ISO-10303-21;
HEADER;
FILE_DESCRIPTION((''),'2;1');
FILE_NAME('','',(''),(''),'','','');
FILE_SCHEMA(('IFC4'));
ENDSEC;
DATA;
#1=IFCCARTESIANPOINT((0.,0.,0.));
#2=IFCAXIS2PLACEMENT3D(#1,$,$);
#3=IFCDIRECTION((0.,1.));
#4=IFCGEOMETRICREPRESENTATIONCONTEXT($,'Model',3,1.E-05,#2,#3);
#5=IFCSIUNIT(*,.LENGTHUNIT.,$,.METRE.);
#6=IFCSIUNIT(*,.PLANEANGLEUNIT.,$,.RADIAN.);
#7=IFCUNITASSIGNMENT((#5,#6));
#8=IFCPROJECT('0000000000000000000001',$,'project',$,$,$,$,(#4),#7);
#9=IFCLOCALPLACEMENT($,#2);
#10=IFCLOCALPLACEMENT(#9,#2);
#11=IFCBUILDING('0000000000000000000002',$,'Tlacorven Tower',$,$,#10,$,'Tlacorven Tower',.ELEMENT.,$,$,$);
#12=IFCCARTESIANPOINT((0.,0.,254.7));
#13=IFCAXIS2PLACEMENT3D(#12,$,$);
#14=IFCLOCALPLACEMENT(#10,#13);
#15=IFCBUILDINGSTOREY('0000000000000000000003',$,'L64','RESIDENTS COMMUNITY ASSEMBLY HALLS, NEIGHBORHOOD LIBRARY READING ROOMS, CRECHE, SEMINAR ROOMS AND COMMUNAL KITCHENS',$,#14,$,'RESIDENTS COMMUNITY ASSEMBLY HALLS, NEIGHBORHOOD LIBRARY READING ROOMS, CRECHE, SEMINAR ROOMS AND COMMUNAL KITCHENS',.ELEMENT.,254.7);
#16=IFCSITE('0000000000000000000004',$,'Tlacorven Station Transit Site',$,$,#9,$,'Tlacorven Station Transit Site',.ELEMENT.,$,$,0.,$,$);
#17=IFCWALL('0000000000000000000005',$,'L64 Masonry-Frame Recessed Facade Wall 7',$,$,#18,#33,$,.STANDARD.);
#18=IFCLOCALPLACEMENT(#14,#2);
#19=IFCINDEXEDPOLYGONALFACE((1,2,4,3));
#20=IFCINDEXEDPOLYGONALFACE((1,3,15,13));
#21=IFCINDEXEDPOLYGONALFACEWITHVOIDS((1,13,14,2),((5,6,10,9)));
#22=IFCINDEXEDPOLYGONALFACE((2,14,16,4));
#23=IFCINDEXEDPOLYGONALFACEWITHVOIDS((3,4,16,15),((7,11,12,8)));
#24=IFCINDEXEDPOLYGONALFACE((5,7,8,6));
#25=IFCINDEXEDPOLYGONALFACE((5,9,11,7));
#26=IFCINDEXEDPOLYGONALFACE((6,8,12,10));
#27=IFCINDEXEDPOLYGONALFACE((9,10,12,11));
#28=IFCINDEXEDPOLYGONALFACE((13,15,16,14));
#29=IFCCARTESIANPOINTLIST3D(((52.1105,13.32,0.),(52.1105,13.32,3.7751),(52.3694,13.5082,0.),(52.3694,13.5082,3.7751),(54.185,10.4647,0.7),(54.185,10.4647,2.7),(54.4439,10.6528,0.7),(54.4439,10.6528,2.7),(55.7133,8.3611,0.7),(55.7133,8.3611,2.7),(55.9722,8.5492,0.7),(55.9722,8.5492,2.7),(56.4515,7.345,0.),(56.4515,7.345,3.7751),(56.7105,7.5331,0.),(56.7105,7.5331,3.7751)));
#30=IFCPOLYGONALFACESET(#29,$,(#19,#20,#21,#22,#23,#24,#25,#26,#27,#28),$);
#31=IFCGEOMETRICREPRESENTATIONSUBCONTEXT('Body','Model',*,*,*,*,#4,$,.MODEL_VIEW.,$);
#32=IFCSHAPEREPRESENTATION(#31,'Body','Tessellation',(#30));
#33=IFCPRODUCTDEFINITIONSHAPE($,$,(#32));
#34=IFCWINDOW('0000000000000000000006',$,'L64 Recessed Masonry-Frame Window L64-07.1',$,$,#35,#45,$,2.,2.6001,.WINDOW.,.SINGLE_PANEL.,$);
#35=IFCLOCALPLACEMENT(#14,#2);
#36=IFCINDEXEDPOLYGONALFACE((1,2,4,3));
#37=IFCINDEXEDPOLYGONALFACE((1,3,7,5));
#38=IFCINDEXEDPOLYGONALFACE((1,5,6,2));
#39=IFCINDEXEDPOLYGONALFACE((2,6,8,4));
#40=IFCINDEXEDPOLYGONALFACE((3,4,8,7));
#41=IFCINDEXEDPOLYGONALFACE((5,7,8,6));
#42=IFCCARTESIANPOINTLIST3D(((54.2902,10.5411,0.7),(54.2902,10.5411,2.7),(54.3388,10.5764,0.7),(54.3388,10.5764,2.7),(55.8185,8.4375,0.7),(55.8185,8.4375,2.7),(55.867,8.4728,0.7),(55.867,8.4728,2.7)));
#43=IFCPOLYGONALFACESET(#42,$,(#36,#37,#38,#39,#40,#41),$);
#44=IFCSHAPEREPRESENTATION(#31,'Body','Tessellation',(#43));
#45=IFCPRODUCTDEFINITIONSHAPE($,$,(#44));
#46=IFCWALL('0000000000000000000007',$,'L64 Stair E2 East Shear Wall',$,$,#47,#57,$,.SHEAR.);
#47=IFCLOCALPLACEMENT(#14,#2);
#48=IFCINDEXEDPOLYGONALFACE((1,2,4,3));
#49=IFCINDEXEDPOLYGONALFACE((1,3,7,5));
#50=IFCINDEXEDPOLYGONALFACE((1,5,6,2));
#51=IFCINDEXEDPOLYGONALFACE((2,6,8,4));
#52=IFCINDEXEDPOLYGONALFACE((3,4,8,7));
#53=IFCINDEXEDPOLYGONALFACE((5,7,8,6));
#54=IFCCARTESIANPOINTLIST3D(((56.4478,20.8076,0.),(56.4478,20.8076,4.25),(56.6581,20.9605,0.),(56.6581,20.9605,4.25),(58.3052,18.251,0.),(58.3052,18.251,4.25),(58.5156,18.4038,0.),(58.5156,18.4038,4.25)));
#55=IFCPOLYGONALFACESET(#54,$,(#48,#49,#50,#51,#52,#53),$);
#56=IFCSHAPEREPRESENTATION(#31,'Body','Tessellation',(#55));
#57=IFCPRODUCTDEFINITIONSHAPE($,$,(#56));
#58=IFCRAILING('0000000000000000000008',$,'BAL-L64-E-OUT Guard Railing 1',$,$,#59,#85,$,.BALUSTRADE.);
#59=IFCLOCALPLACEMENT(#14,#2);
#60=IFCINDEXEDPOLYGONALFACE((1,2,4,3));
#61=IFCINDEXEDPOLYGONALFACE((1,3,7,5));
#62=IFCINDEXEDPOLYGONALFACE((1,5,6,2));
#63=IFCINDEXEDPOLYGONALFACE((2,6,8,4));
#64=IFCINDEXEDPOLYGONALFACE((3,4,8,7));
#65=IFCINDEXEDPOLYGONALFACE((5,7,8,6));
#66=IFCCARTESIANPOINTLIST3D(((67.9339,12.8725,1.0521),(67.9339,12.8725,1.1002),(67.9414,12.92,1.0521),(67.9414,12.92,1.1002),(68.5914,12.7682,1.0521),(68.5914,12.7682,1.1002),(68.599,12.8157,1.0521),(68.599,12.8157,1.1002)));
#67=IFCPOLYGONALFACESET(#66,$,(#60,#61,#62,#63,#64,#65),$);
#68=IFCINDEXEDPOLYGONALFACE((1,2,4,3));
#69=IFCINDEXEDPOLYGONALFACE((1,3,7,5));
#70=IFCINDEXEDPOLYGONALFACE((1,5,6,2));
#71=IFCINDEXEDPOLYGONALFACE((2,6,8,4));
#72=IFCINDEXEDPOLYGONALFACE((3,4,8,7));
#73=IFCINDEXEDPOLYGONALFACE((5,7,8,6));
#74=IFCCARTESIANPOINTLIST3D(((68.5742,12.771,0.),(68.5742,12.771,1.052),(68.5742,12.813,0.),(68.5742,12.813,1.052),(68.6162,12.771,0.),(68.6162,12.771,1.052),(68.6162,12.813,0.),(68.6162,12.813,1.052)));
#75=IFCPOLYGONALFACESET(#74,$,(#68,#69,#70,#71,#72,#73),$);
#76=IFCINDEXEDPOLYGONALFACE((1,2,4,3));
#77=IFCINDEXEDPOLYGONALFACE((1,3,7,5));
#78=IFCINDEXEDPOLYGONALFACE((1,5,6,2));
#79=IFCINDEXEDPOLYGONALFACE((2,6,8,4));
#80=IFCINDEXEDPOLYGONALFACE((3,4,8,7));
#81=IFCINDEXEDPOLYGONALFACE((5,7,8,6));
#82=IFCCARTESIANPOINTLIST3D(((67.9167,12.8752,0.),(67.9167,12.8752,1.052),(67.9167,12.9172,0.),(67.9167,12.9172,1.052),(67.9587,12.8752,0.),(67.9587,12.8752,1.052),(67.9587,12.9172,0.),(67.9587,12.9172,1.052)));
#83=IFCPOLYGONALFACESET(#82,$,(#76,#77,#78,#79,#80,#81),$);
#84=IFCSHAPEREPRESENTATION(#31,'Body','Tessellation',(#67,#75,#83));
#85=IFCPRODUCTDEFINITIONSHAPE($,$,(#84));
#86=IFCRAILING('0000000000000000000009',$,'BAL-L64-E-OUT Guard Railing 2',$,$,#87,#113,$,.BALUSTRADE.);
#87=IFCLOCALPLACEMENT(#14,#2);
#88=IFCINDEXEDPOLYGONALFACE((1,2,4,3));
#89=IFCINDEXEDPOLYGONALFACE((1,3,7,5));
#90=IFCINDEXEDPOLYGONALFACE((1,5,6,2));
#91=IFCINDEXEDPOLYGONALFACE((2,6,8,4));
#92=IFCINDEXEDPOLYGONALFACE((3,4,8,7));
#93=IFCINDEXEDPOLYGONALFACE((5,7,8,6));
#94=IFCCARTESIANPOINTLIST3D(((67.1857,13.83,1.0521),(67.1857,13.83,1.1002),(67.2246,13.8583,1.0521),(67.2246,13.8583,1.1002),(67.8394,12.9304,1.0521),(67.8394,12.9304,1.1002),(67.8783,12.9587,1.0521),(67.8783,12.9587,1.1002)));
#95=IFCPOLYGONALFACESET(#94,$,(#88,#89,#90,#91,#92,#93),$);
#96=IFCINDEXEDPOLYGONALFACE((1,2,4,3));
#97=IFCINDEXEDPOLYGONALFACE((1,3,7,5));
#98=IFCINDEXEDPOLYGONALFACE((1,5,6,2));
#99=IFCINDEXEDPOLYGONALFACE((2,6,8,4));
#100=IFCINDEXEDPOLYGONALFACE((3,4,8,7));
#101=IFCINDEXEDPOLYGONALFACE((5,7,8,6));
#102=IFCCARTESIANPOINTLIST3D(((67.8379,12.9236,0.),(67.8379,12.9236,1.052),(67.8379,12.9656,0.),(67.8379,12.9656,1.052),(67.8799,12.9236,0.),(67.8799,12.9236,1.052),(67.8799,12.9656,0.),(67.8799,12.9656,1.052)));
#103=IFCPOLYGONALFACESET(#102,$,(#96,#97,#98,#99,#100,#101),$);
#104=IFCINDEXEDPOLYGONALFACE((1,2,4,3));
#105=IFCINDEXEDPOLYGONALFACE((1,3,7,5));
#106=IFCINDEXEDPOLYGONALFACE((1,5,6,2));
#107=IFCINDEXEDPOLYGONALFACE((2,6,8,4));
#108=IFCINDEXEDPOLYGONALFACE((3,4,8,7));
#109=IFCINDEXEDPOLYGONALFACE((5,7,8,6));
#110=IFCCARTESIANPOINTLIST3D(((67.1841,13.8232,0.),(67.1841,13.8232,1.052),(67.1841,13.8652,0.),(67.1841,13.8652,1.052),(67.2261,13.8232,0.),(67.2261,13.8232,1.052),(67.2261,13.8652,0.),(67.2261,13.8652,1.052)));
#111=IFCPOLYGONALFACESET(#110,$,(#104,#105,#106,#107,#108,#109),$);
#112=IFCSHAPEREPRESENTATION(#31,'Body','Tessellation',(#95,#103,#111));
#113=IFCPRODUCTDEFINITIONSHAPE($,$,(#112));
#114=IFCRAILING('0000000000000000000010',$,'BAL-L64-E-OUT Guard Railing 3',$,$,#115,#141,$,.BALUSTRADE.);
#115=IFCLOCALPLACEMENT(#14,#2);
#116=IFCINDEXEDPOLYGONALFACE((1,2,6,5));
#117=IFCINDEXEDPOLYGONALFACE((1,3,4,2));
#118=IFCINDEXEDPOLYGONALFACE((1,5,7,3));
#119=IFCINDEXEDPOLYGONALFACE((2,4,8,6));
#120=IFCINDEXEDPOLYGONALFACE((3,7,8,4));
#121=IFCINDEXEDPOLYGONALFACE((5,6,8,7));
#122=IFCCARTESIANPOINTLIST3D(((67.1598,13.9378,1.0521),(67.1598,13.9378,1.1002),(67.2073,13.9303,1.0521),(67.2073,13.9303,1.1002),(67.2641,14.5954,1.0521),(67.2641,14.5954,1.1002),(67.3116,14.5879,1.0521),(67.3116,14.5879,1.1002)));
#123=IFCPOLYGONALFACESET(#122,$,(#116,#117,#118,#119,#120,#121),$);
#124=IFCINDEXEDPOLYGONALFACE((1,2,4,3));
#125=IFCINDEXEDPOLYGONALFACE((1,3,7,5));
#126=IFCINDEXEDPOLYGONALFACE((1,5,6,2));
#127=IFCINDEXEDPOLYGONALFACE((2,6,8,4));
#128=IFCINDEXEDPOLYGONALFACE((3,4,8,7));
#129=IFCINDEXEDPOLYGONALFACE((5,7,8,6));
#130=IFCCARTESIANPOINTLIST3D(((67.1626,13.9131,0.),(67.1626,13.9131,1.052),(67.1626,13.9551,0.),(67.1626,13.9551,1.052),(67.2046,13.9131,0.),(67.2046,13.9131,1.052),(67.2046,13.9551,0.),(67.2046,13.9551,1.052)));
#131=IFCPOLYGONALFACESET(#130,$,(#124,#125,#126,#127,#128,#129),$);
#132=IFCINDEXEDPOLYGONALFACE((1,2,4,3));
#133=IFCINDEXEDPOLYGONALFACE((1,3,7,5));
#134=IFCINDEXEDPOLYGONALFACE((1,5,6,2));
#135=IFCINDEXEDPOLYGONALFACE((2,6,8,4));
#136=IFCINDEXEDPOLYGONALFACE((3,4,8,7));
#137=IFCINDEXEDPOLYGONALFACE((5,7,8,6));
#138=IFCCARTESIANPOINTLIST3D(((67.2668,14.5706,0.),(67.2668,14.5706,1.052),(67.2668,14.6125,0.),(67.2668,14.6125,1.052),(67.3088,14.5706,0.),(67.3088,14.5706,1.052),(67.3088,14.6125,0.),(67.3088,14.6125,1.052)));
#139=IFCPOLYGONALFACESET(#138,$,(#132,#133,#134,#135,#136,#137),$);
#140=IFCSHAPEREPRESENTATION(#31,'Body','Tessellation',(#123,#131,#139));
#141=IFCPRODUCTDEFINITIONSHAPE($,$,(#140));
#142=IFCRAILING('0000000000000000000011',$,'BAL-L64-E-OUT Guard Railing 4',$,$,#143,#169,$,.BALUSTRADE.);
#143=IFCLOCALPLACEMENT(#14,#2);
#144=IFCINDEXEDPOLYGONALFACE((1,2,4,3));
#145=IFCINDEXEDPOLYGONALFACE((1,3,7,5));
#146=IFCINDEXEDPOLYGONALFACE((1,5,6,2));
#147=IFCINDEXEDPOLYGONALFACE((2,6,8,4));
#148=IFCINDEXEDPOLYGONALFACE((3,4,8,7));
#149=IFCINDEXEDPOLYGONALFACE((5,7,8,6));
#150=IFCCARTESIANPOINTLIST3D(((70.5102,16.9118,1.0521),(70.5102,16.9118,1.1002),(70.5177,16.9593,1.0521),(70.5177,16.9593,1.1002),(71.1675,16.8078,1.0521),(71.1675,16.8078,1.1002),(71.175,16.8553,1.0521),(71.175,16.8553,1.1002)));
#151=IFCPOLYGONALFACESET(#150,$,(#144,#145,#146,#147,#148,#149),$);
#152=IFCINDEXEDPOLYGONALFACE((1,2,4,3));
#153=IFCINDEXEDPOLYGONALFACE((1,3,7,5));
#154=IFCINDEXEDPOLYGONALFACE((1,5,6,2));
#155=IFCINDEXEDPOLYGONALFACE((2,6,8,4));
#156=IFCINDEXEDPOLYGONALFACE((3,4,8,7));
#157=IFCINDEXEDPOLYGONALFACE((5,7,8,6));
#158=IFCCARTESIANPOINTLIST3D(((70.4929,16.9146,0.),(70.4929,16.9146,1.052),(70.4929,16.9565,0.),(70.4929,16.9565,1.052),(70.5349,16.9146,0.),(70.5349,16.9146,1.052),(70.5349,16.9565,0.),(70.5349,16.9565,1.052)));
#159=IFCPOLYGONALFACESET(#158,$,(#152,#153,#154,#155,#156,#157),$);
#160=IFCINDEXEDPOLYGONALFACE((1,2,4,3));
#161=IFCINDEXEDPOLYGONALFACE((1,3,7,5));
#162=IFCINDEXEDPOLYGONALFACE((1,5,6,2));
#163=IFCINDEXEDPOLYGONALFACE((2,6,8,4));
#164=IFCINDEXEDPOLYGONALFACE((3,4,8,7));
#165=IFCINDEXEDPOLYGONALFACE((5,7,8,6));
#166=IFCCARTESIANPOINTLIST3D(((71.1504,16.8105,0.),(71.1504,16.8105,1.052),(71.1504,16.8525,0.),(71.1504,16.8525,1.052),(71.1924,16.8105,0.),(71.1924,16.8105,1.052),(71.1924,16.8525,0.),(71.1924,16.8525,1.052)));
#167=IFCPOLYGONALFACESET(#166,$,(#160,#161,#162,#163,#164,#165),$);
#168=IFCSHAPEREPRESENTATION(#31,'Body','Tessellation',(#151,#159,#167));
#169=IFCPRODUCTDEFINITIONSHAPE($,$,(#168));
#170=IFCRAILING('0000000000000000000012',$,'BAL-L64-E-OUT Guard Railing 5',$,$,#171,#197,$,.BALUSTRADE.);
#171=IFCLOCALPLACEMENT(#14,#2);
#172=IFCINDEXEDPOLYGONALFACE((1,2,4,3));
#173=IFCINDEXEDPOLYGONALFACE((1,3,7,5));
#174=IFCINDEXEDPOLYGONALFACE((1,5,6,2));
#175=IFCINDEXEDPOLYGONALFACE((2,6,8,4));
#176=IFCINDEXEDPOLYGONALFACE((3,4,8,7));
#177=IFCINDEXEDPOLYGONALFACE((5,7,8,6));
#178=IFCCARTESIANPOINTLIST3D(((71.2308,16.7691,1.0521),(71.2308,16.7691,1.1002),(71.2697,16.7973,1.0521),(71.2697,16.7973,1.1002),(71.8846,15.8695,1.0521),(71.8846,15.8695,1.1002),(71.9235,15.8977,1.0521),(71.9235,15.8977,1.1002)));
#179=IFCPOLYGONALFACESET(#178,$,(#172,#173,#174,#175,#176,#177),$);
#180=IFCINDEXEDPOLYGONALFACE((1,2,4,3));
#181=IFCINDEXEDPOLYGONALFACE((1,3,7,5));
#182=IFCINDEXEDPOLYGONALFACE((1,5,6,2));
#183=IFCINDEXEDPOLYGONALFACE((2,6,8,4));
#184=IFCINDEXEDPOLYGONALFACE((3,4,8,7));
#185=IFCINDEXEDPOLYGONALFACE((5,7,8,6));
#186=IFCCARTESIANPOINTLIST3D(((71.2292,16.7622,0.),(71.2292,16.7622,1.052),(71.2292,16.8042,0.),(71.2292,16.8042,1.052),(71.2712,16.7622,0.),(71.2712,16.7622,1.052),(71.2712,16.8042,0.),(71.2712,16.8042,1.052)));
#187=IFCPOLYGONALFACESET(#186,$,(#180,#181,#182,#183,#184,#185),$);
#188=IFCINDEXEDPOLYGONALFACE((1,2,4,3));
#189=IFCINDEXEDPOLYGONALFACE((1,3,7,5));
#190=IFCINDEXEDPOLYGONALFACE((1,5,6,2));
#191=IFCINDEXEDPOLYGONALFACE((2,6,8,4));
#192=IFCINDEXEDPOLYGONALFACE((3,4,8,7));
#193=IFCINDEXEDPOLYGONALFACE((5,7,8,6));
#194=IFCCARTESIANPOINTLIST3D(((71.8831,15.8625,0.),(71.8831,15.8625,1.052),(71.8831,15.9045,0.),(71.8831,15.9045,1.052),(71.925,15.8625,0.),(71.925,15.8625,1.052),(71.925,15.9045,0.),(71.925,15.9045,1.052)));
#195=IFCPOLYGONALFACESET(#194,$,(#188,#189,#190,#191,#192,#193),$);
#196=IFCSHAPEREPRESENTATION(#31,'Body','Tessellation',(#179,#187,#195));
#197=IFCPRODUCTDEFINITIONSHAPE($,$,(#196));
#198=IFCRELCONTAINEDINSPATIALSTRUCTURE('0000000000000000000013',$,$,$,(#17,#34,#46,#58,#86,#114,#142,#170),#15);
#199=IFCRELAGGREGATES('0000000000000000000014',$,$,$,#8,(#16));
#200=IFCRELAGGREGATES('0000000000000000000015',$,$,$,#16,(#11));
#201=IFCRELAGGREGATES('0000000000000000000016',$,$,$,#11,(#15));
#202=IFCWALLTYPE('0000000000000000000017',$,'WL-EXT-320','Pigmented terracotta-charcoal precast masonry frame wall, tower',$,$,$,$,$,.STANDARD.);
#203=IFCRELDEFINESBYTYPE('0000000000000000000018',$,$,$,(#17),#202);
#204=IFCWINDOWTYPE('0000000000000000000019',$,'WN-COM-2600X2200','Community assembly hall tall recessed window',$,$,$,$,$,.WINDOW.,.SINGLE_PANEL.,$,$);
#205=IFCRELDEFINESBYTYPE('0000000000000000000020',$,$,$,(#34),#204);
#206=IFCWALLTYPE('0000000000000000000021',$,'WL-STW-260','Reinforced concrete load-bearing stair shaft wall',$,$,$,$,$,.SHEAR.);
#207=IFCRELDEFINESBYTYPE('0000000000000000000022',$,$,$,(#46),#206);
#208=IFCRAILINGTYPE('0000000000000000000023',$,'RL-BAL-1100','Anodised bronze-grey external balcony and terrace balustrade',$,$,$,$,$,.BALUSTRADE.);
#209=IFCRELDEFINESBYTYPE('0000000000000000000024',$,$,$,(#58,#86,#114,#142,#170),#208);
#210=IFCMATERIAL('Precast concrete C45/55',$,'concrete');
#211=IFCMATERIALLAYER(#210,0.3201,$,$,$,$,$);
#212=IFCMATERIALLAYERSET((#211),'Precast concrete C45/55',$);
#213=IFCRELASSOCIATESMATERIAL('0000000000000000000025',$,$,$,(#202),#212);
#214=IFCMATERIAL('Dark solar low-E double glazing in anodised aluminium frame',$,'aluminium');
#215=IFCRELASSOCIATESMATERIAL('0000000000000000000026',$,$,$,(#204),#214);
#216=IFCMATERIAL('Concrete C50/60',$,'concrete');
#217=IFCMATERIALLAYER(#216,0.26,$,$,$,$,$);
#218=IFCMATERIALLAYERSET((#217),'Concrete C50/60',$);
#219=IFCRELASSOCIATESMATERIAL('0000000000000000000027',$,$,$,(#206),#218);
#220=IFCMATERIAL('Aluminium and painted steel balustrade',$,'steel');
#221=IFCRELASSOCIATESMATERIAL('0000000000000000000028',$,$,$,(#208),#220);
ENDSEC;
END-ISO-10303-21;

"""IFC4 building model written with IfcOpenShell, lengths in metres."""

from ifc_helpers import new_model, si_unit, direction, frame, frame_2d, origin, origin_2d, place, context, subcontext, project, spatial, rectangle, extrude, source, transform, mapped, material, layer, layer_set, type_object, element, fill, save


model = new_model("IFC4")

# Units and contexts
model_context = context("Model", 3, precision=1e-05, world=origin(), true_north=direction((0.0, 1.0)))
body_context = subcontext(model_context, "Body", "Model", "MODEL_VIEW")
ifc_project = project(units=[si_unit("LENGTHUNIT", "METRE"), si_unit("PLANEANGLEUNIT", "RADIAN")], contexts=[model_context])

# Site, building, storey
site_placement = place(None, origin())
site = spatial("IfcSite", under=ifc_project, at=site_placement, Name="Tlacorven Station Transit Site", LongName="Tlacorven Station Transit Site", CompositionType="ELEMENT", RefElevation=0.0)
building_placement = place(site_placement, origin())
building = spatial("IfcBuilding", under=site, at=building_placement, Name="Tlacorven Tower", LongName="Tlacorven Tower", CompositionType="ELEMENT")
storey_placement = place(building_placement, frame((0.0, 0.0, 254.7)))
storey = spatial("IfcBuildingStorey", under=building, at=storey_placement, Name="L64", Description="RESIDENTS COMMUNITY ASSEMBLY HALLS, NEIGHBORHOOD LIBRARY READING ROOMS, CRECHE, SEMINAR ROOMS AND COMMUNAL KITCHENS", LongName="RESIDENTS COMMUNITY ASSEMBLY HALLS, NEIGHBORHOOD LIBRARY READING ROOMS, CRECHE, SEMINAR ROOMS AND COMMUNAL KITCHENS", CompositionType="ELEMENT", Elevation=254.7)

# Shared definitions
ifc_material_1 = material(Name="Precast concrete C45/55", Category="concrete")
ifc_layer_1 = layer(ifc_material_1, 0.3201)
ifc_layer_set_1 = layer_set([ifc_layer_1], Name="Precast concrete C45/55")
wall_type_1 = type_object("IfcWallType", Name="WL-EXT-320", Description="Pigmented terracotta-charcoal precast masonry frame wall, tower", PredefinedType="STANDARD", material=ifc_layer_set_1)
ifc_material_2 = material(Name="Dark solar low-E double glazing in anodised aluminium frame", Category="aluminium")
window_type_1 = type_object("IfcWindowType", Name="WN-COM-2600X2200", Description="Community assembly hall tall recessed window", PartitioningType="SINGLE_PANEL", PredefinedType="WINDOW", material=ifc_material_2)
shared_shape_1 = source(origin(), body_context, "Body", "SweptSolid", [
    extrude(rectangle(XDim=2.6001, YDim=2.0, at=frame_2d((1.3, 1.0))), frame((0.0, 0.03, 0.0), z_axis=(0.0, -1.0, 0.0), x_axis=(1.0, 0.0, 0.0)), (0.0, 0.0, 1.0), 0.0601),
])

# Wall, opening, window
wall_1_placement = place(storey_placement, frame((56.5811, 7.439, 0.0), z_axis=(0.0, 0.0, 1.0), x_axis=(-0.587777, 0.809023, 0.0)))
wall_1 = element("IfcWall", 1, at=wall_1_placement, inside=storey, type_object=wall_type_1, Name="L64 Masonry-Frame Recessed Facade Wall 7", PredefinedType="STANDARD", context=body_context, shape_type="SweptSolid", body=[
    extrude(rectangle(XDim=7.3855, YDim=0.3201, at=frame_2d((3.6929, 0.0))), origin(), (0.0, 0.0, 1.0), 3.7751),
])
opening_1_placement = place(wall_1_placement, frame((1.2561, 0.0, 0.7)))
opening_1 = element("IfcOpeningElement", 2, at=opening_1_placement, cuts=wall_1, PredefinedType="OPENING", context=body_context, shape_type="SweptSolid", body=[
    extrude(rectangle(XDim=2.6001, YDim=2.0, at=frame_2d((1.3, 1.0))), frame((0.0, 0.1699, 0.0), z_axis=(0.0, -1.0, 0.0), x_axis=(1.0, 0.0, 0.0)), (0.0, 0.0, 1.0), 0.3401),
])
window_1_placement = place(opening_1_placement, origin())
window_1 = element("IfcWindow", 3, at=window_1_placement, inside=storey, type_object=window_type_1, Name="L64 Recessed Masonry-Frame Window L64-07.1", OverallHeight=2.0, OverallWidth=2.6001, PartitioningType="SINGLE_PANEL", PredefinedType="WINDOW", context=body_context, shape_type="MappedRepresentation", body=[
    mapped(shared_shape_1, transform((0.0, 0.0, 0.0), scale=1.0)),
])
fill(opening_1, window_1)

# Wall
ifc_material_3 = material(Name="Concrete C50/60", Category="concrete")
ifc_layer_2 = layer(ifc_material_3, 0.26)
ifc_layer_set_2 = layer_set([ifc_layer_2], Name="Concrete C50/60")
wall_type_2 = type_object("IfcWallType", Name="WL-STW-260", Description="Reinforced concrete load-bearing stair shaft wall", PredefinedType="SHEAR", material=ifc_layer_set_2)
wall_2_placement = place(storey_placement, frame((58.4104, 18.3274, 0.0), z_axis=(0.0, 0.0, 1.0), x_axis=(-0.587767, 0.80903, 0.0)))
element("IfcWall", 4, at=wall_2_placement, inside=storey, type_object=wall_type_2, Name="L64 Stair E2 East Shear Wall", PredefinedType="SHEAR", context=body_context, shape_type="SweptSolid", body=[
    extrude(rectangle(XDim=3.1602, YDim=0.26, at=frame_2d((1.5801, 0.0))), origin(), (0.0, 0.0, 1.0), 4.25),
])

# Railings
ifc_material_4 = material(Name="Aluminium and painted steel balustrade", Category="steel")
railing_type_1 = type_object("IfcRailingType", Name="RL-BAL-1100", Description="Anodised bronze-grey external balcony and terrace balustrade", PredefinedType="BALUSTRADE", material=ifc_material_4)
shared_shape_2 = source(origin(), body_context, "Body", "SweptSolid", [
    extrude(rectangle(XDim=0.0481, YDim=0.0481, at=origin_2d()), frame((0.0, 0.0, 1.0762), z_axis=(-0.987662, 0.156603, 0.0), x_axis=(-0.156603, -0.987662, 0.0)), (0.0, 0.0, 1.0), 0.6658),
    extrude(rectangle(XDim=0.042, YDim=0.042, at=origin_2d()), origin(), (0.0, 0.0, 1.0), 1.052),
    extrude(rectangle(XDim=0.042, YDim=0.042, at=origin_2d()), frame((-0.6575, 0.1042, 0.0)), (0.0, 0.0, 1.0), 1.052),
])
railing_1_placement = place(storey_placement, frame((68.5952, 12.792, 0.0)))
element("IfcRailing", 5, at=railing_1_placement, inside=storey, type_object=railing_type_1, Name="BAL-L64-E-OUT Guard Railing 1", PredefinedType="BALUSTRADE", context=body_context, shape_type="MappedRepresentation", body=[
    mapped(shared_shape_2, transform((0.0, 0.0, 0.0), scale=1.0)),
])
shared_shape_3 = source(origin(), body_context, "Body", "SweptSolid", [
    extrude(rectangle(XDim=0.0481, YDim=0.0481, at=origin_2d()), frame((0.0, 0.0, 1.0762), z_axis=(-0.587884, 0.808945, 0.0), x_axis=(-0.808945, -0.587884, 0.0)), (0.0, 0.0, 1.0), 1.1121),
    extrude(rectangle(XDim=0.042, YDim=0.042, at=origin_2d()), origin(), (0.0, 0.0, 1.0), 1.052),
    extrude(rectangle(XDim=0.042, YDim=0.042, at=origin_2d()), frame((-0.6538, 0.8997, 0.0)), (0.0, 0.0, 1.0), 1.052),
])
railing_2_placement = place(storey_placement, frame((67.8589, 12.9446, 0.0)))
element("IfcRailing", 6, at=railing_2_placement, inside=storey, type_object=railing_type_1, Name="BAL-L64-E-OUT Guard Railing 2", PredefinedType="BALUSTRADE", context=body_context, shape_type="MappedRepresentation", body=[
    mapped(shared_shape_3, transform((0.0, 0.0, 0.0), scale=1.0)),
])
shared_shape_4 = source(origin(), body_context, "Body", "SweptSolid", [
    extrude(rectangle(XDim=0.0481, YDim=0.0481, at=origin_2d()), frame((0.0, 0.0, 1.0762), z_axis=(0.156603, 0.987662, 0.0), x_axis=(-0.987662, 0.156603, 0.0)), (0.0, 0.0, 1.0), 0.6658),
    extrude(rectangle(XDim=0.042, YDim=0.042, at=origin_2d()), origin(), (0.0, 0.0, 1.0), 1.052),
    extrude(rectangle(XDim=0.042, YDim=0.042, at=origin_2d()), frame((0.1042, 0.6575, 0.0)), (0.0, 0.0, 1.0), 1.052),
])
railing_3_placement = place(storey_placement, frame((67.1836, 13.9341, 0.0)))
element("IfcRailing", 7, at=railing_3_placement, inside=storey, type_object=railing_type_1, Name="BAL-L64-E-OUT Guard Railing 3", PredefinedType="BALUSTRADE", context=body_context, shape_type="MappedRepresentation", body=[
    mapped(shared_shape_4, transform((0.0, 0.0, 0.0), scale=1.0)),
])
shared_shape_5 = source(origin(), body_context, "Body", "SweptSolid", [
    extrude(rectangle(XDim=0.0481, YDim=0.0481, at=origin_2d()), frame((0.0, 0.0, 1.0762), z_axis=(0.987718, -0.156245, 0.0), x_axis=(0.156245, 0.987718, 0.0)), (0.0, 0.0, 1.0), 0.6655),
    extrude(rectangle(XDim=0.042, YDim=0.042, at=origin_2d()), origin(), (0.0, 0.0, 1.0), 1.052),
    extrude(rectangle(XDim=0.042, YDim=0.042, at=origin_2d()), frame((0.6575, -0.104, 0.0)), (0.0, 0.0, 1.0), 1.052),
])
railing_4_placement = place(storey_placement, frame((70.5139, 16.9355, 0.0)))
element("IfcRailing", 8, at=railing_4_placement, inside=storey, type_object=railing_type_1, Name="BAL-L64-E-OUT Guard Railing 4", PredefinedType="BALUSTRADE", context=body_context, shape_type="MappedRepresentation", body=[
    mapped(shared_shape_5, transform((0.0, 0.0, 0.0), scale=1.0)),
])
shared_shape_6 = source(origin(), body_context, "Body", "SweptSolid", [
    extrude(rectangle(XDim=0.0481, YDim=0.0481, at=origin_2d()), frame((0.0, 0.0, 1.0762), z_axis=(0.587884, -0.808945, 0.0), x_axis=(0.808945, 0.587884, 0.0)), (0.0, 0.0, 1.0), 1.1121),
    extrude(rectangle(XDim=0.042, YDim=0.042, at=origin_2d()), origin(), (0.0, 0.0, 1.0), 1.052),
    extrude(rectangle(XDim=0.042, YDim=0.042, at=origin_2d()), frame((0.6538, -0.8997, 0.0)), (0.0, 0.0, 1.0), 1.052),
])
railing_5_placement = place(storey_placement, frame((71.2502, 16.7832, 0.0)))
element("IfcRailing", 9, at=railing_5_placement, inside=storey, type_object=railing_type_1, Name="BAL-L64-E-OUT Guard Railing 5", PredefinedType="BALUSTRADE", context=body_context, shape_type="MappedRepresentation", body=[
    mapped(shared_shape_6, transform((0.0, 0.0, 0.0), scale=1.0)),
])

save(model, "model.ifc")
